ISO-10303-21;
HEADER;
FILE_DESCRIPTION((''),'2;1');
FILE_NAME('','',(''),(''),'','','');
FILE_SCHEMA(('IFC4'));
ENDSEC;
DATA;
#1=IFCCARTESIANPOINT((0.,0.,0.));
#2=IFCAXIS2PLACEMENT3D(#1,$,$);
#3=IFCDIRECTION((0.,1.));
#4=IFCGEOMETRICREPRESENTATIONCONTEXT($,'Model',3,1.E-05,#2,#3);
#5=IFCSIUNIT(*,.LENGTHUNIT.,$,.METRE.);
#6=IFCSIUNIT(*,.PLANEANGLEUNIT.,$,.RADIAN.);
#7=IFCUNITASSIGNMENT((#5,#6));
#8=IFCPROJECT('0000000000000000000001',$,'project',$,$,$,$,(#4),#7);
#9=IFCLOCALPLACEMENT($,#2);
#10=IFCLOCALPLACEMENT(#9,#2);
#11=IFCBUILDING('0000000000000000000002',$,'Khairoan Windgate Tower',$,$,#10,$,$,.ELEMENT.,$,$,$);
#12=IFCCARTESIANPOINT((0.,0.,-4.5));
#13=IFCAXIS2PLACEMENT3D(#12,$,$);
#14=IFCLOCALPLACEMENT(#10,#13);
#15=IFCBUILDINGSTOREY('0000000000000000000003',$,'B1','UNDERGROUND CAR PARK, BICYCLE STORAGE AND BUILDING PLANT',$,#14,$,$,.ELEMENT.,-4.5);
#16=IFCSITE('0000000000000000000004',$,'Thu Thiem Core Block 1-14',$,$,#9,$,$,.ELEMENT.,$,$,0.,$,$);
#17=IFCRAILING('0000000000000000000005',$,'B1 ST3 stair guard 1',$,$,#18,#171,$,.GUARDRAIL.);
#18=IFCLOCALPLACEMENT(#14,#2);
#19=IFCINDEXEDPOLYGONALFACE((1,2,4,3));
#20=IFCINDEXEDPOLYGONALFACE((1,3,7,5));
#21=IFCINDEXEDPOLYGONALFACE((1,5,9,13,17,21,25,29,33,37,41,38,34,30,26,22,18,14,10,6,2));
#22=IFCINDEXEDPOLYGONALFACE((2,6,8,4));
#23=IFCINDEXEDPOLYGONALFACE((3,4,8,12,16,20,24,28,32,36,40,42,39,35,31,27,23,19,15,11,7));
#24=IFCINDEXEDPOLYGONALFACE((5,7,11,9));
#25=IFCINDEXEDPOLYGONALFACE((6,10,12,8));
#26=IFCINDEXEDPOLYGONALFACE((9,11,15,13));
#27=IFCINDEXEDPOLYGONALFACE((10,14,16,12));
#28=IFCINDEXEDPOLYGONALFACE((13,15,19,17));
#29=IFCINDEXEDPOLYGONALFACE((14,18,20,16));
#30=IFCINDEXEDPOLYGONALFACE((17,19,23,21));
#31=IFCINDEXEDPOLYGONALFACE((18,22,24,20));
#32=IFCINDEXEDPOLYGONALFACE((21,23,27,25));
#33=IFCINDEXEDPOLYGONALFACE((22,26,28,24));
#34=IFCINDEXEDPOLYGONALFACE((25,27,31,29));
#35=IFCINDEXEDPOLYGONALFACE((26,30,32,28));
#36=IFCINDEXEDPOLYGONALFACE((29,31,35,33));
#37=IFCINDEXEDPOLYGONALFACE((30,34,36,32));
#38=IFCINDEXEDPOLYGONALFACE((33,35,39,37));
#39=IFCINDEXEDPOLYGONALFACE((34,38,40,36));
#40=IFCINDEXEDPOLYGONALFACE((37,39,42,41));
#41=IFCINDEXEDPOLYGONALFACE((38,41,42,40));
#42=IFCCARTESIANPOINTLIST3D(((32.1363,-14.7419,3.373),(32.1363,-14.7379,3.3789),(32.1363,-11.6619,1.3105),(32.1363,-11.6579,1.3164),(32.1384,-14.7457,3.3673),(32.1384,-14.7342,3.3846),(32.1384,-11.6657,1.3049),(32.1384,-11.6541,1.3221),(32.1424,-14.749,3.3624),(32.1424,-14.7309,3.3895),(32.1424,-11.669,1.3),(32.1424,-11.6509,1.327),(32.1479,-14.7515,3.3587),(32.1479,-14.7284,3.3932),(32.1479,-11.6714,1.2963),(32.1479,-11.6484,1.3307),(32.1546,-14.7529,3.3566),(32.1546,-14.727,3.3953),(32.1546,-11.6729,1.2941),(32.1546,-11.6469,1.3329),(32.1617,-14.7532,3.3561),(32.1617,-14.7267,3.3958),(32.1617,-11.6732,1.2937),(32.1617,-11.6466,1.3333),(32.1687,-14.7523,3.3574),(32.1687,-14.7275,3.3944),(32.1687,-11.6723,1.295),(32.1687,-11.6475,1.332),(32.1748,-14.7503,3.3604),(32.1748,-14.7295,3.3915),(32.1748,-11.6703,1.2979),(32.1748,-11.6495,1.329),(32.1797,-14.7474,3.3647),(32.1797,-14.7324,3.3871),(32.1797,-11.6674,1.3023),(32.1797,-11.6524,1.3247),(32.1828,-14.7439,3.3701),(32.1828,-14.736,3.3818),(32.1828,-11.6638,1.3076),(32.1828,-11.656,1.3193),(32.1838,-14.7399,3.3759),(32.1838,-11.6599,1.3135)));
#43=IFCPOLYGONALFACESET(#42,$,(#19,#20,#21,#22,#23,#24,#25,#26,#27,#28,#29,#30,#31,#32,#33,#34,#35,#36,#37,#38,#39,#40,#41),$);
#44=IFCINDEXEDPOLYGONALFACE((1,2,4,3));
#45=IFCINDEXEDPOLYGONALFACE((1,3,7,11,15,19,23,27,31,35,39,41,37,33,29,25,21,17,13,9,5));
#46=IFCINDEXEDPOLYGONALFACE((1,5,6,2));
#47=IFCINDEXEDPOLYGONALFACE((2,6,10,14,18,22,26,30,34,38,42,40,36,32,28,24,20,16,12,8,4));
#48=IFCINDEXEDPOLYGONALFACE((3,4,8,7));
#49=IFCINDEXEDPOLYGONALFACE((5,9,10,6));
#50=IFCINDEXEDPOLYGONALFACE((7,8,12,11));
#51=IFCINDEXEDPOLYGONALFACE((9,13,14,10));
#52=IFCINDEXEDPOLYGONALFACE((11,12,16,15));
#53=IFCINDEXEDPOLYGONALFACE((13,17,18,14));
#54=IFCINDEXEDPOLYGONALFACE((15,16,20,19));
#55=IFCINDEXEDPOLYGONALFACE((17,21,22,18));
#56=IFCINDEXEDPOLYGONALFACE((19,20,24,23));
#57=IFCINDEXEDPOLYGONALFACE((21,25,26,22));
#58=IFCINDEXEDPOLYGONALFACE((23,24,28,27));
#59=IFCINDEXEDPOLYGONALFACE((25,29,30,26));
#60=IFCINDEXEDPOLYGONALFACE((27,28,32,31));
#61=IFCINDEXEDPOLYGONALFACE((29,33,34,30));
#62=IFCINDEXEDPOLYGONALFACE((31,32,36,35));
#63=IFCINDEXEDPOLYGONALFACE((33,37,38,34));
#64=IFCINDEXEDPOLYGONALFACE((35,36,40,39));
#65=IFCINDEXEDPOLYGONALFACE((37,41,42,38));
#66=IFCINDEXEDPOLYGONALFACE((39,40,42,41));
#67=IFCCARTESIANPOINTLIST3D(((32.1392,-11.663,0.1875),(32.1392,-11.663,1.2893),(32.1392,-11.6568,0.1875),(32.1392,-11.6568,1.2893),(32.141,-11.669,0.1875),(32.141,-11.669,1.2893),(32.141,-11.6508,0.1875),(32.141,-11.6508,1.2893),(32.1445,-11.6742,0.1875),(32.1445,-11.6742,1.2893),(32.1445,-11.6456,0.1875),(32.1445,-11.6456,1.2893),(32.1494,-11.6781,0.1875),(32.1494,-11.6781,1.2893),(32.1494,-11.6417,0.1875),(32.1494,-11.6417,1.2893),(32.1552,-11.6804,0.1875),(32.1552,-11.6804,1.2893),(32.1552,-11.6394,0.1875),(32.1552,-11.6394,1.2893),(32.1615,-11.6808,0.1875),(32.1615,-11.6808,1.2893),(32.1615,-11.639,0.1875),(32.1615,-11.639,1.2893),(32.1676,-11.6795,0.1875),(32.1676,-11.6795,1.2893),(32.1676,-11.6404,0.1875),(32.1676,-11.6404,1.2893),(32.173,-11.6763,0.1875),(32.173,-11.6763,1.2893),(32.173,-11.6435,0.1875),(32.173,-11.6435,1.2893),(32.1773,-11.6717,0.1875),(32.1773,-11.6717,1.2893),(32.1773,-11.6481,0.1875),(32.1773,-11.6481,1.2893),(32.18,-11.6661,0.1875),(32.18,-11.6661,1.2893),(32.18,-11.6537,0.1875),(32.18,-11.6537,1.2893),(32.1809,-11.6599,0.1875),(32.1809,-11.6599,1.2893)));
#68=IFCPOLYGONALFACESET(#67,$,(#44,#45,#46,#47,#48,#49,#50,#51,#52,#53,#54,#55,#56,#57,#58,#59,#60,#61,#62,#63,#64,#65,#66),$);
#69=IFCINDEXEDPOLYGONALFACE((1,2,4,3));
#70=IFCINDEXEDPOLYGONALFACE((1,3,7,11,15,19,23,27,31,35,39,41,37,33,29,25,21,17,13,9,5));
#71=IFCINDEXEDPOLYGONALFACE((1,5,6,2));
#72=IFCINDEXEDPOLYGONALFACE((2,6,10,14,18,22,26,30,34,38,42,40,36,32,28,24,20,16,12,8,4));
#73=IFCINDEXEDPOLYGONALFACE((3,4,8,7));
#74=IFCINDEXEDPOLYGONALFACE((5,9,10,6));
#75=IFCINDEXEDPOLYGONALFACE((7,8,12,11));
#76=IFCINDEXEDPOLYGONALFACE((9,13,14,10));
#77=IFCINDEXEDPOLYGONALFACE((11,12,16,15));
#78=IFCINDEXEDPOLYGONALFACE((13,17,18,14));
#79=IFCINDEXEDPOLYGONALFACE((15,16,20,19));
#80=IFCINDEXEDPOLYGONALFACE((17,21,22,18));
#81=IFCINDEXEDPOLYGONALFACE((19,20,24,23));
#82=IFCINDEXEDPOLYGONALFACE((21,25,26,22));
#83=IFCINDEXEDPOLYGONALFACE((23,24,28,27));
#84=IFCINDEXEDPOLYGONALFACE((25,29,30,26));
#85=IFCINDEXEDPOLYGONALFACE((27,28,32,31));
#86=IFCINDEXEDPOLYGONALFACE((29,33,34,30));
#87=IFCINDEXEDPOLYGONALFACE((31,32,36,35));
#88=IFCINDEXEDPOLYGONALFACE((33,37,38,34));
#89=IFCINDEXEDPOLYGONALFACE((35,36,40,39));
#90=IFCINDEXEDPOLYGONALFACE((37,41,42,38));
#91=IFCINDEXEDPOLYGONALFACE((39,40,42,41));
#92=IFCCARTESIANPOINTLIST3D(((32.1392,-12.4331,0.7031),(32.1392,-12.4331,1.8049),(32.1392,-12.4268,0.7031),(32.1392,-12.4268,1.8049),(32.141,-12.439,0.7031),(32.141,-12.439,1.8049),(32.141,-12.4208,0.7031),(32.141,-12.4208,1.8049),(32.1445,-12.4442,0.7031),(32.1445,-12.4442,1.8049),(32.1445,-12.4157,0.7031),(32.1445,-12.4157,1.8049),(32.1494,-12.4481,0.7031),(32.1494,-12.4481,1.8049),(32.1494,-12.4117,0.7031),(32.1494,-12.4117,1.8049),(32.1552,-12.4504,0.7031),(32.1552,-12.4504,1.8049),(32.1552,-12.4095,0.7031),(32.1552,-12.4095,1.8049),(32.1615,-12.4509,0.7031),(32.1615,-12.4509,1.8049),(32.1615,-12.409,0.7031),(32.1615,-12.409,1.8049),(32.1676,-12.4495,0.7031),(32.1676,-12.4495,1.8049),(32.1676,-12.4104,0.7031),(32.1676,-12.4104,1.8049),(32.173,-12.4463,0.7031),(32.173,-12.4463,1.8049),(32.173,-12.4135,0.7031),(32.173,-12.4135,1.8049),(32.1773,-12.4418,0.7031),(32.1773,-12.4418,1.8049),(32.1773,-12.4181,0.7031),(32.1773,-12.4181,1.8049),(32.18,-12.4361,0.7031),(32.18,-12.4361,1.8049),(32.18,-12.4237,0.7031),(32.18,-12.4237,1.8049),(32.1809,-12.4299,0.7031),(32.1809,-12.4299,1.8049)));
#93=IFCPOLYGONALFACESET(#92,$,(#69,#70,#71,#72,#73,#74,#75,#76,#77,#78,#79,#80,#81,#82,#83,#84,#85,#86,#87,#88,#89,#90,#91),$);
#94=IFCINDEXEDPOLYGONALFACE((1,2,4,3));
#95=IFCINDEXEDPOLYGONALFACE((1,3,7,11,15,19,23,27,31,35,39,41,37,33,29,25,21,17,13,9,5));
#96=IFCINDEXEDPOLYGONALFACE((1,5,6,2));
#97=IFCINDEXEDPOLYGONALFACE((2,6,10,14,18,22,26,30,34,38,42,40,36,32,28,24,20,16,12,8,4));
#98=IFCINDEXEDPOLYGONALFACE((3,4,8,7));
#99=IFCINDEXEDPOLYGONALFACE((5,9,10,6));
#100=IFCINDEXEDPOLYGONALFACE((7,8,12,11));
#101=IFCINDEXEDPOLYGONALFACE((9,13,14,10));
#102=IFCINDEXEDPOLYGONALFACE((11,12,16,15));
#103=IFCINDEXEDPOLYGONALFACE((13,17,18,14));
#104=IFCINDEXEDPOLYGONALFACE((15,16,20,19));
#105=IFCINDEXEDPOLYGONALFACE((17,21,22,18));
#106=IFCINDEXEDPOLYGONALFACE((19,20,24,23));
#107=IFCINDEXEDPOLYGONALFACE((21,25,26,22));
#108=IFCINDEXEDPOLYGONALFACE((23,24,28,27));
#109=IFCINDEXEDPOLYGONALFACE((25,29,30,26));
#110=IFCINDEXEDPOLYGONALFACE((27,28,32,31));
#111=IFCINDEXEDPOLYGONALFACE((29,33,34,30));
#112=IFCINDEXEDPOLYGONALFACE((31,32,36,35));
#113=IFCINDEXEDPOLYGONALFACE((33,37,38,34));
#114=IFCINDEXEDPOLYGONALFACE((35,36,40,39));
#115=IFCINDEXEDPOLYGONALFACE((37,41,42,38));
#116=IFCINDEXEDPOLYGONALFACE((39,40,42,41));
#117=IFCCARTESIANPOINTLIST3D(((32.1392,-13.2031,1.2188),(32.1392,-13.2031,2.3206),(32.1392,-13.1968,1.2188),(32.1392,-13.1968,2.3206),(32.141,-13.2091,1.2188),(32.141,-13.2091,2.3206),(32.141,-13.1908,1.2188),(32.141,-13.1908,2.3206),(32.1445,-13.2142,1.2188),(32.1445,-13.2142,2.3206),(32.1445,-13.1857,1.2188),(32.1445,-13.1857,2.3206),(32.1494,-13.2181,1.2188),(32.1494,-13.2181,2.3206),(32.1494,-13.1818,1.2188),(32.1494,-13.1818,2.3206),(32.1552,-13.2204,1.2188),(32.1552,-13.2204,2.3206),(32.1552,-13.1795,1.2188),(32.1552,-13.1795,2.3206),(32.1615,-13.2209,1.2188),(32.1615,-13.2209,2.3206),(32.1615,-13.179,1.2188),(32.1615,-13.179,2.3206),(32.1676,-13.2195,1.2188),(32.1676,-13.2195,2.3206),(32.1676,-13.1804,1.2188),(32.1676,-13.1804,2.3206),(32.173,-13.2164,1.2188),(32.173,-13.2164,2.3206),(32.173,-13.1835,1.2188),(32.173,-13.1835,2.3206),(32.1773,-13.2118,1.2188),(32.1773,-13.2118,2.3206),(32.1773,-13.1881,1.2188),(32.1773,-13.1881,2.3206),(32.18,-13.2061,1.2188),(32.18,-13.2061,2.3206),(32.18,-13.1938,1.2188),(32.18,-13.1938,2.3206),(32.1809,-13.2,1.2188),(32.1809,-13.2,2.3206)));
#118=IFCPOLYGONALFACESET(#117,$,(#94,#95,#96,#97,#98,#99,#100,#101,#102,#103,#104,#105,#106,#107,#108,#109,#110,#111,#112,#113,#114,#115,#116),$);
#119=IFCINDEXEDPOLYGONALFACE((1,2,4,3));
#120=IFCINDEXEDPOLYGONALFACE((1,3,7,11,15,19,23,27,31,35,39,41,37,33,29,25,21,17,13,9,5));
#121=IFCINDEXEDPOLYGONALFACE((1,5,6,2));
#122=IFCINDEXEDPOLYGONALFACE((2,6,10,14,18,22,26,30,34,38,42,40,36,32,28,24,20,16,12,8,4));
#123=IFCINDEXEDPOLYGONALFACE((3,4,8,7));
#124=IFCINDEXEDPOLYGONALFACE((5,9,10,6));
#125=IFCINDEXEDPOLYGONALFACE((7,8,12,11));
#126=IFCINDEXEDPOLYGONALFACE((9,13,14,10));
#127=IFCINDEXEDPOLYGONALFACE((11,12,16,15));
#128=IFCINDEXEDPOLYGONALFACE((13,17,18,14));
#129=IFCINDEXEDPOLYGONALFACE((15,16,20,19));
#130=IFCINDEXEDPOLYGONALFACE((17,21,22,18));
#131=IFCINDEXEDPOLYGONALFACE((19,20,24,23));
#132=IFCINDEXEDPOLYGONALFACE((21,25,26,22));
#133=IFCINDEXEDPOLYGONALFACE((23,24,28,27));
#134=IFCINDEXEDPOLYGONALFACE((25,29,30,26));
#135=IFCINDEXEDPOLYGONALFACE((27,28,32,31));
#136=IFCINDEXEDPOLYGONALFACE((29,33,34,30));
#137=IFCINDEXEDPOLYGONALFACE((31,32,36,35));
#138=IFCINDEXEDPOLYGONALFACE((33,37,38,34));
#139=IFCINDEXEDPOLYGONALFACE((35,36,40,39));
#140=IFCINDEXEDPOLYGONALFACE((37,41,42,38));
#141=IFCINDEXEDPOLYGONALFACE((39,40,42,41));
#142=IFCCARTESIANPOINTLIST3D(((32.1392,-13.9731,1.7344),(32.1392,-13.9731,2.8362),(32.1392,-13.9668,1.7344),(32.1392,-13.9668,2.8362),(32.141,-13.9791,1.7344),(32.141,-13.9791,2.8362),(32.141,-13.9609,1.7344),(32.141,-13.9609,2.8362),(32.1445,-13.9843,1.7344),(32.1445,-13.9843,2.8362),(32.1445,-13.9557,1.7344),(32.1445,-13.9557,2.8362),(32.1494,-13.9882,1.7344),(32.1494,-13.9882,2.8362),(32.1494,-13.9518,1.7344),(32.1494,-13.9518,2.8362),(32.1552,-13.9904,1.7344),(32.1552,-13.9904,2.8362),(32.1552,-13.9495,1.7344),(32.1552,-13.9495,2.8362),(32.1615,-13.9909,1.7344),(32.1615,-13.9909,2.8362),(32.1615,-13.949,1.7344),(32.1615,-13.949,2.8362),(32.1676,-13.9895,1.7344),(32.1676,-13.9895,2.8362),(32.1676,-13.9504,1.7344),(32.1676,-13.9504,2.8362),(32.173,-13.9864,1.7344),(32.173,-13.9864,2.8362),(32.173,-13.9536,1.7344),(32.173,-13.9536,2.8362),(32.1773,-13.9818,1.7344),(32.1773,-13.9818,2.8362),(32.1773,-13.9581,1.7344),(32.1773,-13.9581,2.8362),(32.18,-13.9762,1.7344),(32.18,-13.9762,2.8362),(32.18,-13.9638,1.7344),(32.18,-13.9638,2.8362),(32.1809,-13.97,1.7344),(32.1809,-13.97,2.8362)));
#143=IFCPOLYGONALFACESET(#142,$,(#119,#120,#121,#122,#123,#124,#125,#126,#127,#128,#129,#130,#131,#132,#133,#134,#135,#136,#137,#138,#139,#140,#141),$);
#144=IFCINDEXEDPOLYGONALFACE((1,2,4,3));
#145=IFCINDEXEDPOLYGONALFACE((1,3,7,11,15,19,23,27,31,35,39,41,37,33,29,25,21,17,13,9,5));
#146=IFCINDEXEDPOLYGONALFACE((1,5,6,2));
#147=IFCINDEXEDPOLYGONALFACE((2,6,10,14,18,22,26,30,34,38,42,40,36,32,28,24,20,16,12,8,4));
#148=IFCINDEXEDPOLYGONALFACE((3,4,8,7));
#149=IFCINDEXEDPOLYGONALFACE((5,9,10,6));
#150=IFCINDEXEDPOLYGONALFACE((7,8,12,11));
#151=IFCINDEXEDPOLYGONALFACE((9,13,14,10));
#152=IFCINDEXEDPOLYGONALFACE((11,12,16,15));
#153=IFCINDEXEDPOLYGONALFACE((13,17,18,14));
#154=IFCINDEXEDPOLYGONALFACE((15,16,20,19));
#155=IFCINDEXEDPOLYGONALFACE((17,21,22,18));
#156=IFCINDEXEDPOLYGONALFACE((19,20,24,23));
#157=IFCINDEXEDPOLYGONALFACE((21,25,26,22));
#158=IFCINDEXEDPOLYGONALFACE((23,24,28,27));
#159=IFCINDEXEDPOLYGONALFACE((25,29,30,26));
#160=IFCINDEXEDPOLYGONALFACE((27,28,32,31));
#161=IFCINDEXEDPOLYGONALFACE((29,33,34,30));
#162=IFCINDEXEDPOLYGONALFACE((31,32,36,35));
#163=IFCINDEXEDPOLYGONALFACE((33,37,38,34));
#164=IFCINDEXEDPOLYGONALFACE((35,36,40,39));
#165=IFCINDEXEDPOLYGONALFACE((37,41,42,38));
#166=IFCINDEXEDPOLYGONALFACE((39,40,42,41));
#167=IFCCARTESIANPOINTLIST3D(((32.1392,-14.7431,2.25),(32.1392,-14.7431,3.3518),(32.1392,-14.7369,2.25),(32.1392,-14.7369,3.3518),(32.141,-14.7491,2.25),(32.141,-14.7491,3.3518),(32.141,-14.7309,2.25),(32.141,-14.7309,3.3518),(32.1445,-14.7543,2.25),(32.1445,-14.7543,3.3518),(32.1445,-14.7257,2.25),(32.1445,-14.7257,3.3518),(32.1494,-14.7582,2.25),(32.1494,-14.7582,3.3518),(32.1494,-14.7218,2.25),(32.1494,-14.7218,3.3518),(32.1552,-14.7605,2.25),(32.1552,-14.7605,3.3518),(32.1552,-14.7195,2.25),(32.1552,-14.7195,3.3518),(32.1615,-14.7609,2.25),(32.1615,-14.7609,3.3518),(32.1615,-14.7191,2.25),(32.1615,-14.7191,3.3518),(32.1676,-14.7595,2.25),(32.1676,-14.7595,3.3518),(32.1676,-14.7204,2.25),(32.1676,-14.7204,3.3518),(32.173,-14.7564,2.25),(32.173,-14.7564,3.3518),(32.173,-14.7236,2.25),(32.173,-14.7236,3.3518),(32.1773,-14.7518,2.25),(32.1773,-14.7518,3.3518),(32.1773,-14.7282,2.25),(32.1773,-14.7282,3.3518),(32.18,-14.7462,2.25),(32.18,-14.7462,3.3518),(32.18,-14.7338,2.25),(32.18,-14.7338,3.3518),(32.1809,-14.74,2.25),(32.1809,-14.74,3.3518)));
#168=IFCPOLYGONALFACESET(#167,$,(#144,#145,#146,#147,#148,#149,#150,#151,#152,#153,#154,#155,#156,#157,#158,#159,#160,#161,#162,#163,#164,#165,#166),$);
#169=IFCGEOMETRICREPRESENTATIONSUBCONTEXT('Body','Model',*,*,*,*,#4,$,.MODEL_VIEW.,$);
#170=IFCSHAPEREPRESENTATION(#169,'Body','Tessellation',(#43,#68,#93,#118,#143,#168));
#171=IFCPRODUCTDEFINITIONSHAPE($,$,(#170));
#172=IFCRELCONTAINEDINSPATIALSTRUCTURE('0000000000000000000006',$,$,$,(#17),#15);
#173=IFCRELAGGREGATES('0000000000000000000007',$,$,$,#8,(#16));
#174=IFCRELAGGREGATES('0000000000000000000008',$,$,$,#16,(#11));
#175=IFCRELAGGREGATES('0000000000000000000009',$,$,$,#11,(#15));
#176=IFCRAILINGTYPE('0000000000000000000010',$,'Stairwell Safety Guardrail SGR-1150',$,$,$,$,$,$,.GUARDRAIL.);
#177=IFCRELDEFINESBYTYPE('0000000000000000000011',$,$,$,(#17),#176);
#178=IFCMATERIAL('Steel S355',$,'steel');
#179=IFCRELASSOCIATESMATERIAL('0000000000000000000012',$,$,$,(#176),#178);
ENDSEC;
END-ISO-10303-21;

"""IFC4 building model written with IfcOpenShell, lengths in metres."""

from ifc_helpers import new_model, si_unit, direction, frame, origin, origin_2d, place, context, subcontext, project, spatial, circle, extrude, material, type_object, element, save


model = new_model("IFC4")

# Units and contexts
model_context = context("Model", 3, precision=1e-05, world=origin(), true_north=direction((0.0, 1.0)))
body_context = subcontext(model_context, "Body", "Model", "MODEL_VIEW")
ifc_project = project(units=[si_unit("LENGTHUNIT", "METRE"), si_unit("PLANEANGLEUNIT", "RADIAN")], contexts=[model_context])

# Site, building, storey
site_placement = place(None, origin())
site = spatial("IfcSite", under=ifc_project, at=site_placement, Name="Thu Thiem Core Block 1-14", CompositionType="ELEMENT", RefElevation=0.0)
building_placement = place(site_placement, origin())
building = spatial("IfcBuilding", under=site, at=building_placement, Name="Khairoan Windgate Tower", CompositionType="ELEMENT")
storey_placement = place(building_placement, frame((0.0, 0.0, -4.5)))
storey = spatial("IfcBuildingStorey", under=building, at=storey_placement, Name="B1", Description="UNDERGROUND CAR PARK, BICYCLE STORAGE AND BUILDING PLANT", CompositionType="ELEMENT", Elevation=-4.5)

# Railing
ifc_material_1 = material(Name="Steel S355", Category="steel")
railing_type_1 = type_object("IfcRailingType", Name="Stairwell Safety Guardrail SGR-1150", PredefinedType="GUARDRAIL", material=ifc_material_1)
railing_1_placement = place(storey_placement, frame((32.1599, -11.6599, 0.1875)))
element("IfcRailing", 1, at=railing_1_placement, inside=storey, type_object=railing_type_1, Name="B1 ST3 stair guard 1", PredefinedType="GUARDRAIL", context=body_context, shape_type="SweptSolid", body=[
    extrude(circle(Radius=0.0239, at=origin_2d()), frame((0.0, 0.0, 1.126), z_axis=(0.0, -0.830914, 0.556401), x_axis=(1.0, 0.0, 0.0)), (0.0, 0.0, 1.0), 3.7068),
    extrude(circle(Radius=0.021, at=origin_2d()), origin(), (0.0, 0.0, 1.0), 1.1018),
    extrude(circle(Radius=0.021, at=origin_2d()), frame((0.0, -0.77, 0.5156)), (0.0, 0.0, 1.0), 1.1018),
    extrude(circle(Radius=0.021, at=origin_2d()), frame((0.0, -1.54, 1.0312)), (0.0, 0.0, 1.0), 1.1018),
    extrude(circle(Radius=0.021, at=origin_2d()), frame((0.0, -2.3101, 1.5469)), (0.0, 0.0, 1.0), 1.1018),
    extrude(circle(Radius=0.021, at=origin_2d()), frame((0.0, -3.0801, 2.0625)), (0.0, 0.0, 1.0), 1.1018),
])

save(model, "model.ifc")
